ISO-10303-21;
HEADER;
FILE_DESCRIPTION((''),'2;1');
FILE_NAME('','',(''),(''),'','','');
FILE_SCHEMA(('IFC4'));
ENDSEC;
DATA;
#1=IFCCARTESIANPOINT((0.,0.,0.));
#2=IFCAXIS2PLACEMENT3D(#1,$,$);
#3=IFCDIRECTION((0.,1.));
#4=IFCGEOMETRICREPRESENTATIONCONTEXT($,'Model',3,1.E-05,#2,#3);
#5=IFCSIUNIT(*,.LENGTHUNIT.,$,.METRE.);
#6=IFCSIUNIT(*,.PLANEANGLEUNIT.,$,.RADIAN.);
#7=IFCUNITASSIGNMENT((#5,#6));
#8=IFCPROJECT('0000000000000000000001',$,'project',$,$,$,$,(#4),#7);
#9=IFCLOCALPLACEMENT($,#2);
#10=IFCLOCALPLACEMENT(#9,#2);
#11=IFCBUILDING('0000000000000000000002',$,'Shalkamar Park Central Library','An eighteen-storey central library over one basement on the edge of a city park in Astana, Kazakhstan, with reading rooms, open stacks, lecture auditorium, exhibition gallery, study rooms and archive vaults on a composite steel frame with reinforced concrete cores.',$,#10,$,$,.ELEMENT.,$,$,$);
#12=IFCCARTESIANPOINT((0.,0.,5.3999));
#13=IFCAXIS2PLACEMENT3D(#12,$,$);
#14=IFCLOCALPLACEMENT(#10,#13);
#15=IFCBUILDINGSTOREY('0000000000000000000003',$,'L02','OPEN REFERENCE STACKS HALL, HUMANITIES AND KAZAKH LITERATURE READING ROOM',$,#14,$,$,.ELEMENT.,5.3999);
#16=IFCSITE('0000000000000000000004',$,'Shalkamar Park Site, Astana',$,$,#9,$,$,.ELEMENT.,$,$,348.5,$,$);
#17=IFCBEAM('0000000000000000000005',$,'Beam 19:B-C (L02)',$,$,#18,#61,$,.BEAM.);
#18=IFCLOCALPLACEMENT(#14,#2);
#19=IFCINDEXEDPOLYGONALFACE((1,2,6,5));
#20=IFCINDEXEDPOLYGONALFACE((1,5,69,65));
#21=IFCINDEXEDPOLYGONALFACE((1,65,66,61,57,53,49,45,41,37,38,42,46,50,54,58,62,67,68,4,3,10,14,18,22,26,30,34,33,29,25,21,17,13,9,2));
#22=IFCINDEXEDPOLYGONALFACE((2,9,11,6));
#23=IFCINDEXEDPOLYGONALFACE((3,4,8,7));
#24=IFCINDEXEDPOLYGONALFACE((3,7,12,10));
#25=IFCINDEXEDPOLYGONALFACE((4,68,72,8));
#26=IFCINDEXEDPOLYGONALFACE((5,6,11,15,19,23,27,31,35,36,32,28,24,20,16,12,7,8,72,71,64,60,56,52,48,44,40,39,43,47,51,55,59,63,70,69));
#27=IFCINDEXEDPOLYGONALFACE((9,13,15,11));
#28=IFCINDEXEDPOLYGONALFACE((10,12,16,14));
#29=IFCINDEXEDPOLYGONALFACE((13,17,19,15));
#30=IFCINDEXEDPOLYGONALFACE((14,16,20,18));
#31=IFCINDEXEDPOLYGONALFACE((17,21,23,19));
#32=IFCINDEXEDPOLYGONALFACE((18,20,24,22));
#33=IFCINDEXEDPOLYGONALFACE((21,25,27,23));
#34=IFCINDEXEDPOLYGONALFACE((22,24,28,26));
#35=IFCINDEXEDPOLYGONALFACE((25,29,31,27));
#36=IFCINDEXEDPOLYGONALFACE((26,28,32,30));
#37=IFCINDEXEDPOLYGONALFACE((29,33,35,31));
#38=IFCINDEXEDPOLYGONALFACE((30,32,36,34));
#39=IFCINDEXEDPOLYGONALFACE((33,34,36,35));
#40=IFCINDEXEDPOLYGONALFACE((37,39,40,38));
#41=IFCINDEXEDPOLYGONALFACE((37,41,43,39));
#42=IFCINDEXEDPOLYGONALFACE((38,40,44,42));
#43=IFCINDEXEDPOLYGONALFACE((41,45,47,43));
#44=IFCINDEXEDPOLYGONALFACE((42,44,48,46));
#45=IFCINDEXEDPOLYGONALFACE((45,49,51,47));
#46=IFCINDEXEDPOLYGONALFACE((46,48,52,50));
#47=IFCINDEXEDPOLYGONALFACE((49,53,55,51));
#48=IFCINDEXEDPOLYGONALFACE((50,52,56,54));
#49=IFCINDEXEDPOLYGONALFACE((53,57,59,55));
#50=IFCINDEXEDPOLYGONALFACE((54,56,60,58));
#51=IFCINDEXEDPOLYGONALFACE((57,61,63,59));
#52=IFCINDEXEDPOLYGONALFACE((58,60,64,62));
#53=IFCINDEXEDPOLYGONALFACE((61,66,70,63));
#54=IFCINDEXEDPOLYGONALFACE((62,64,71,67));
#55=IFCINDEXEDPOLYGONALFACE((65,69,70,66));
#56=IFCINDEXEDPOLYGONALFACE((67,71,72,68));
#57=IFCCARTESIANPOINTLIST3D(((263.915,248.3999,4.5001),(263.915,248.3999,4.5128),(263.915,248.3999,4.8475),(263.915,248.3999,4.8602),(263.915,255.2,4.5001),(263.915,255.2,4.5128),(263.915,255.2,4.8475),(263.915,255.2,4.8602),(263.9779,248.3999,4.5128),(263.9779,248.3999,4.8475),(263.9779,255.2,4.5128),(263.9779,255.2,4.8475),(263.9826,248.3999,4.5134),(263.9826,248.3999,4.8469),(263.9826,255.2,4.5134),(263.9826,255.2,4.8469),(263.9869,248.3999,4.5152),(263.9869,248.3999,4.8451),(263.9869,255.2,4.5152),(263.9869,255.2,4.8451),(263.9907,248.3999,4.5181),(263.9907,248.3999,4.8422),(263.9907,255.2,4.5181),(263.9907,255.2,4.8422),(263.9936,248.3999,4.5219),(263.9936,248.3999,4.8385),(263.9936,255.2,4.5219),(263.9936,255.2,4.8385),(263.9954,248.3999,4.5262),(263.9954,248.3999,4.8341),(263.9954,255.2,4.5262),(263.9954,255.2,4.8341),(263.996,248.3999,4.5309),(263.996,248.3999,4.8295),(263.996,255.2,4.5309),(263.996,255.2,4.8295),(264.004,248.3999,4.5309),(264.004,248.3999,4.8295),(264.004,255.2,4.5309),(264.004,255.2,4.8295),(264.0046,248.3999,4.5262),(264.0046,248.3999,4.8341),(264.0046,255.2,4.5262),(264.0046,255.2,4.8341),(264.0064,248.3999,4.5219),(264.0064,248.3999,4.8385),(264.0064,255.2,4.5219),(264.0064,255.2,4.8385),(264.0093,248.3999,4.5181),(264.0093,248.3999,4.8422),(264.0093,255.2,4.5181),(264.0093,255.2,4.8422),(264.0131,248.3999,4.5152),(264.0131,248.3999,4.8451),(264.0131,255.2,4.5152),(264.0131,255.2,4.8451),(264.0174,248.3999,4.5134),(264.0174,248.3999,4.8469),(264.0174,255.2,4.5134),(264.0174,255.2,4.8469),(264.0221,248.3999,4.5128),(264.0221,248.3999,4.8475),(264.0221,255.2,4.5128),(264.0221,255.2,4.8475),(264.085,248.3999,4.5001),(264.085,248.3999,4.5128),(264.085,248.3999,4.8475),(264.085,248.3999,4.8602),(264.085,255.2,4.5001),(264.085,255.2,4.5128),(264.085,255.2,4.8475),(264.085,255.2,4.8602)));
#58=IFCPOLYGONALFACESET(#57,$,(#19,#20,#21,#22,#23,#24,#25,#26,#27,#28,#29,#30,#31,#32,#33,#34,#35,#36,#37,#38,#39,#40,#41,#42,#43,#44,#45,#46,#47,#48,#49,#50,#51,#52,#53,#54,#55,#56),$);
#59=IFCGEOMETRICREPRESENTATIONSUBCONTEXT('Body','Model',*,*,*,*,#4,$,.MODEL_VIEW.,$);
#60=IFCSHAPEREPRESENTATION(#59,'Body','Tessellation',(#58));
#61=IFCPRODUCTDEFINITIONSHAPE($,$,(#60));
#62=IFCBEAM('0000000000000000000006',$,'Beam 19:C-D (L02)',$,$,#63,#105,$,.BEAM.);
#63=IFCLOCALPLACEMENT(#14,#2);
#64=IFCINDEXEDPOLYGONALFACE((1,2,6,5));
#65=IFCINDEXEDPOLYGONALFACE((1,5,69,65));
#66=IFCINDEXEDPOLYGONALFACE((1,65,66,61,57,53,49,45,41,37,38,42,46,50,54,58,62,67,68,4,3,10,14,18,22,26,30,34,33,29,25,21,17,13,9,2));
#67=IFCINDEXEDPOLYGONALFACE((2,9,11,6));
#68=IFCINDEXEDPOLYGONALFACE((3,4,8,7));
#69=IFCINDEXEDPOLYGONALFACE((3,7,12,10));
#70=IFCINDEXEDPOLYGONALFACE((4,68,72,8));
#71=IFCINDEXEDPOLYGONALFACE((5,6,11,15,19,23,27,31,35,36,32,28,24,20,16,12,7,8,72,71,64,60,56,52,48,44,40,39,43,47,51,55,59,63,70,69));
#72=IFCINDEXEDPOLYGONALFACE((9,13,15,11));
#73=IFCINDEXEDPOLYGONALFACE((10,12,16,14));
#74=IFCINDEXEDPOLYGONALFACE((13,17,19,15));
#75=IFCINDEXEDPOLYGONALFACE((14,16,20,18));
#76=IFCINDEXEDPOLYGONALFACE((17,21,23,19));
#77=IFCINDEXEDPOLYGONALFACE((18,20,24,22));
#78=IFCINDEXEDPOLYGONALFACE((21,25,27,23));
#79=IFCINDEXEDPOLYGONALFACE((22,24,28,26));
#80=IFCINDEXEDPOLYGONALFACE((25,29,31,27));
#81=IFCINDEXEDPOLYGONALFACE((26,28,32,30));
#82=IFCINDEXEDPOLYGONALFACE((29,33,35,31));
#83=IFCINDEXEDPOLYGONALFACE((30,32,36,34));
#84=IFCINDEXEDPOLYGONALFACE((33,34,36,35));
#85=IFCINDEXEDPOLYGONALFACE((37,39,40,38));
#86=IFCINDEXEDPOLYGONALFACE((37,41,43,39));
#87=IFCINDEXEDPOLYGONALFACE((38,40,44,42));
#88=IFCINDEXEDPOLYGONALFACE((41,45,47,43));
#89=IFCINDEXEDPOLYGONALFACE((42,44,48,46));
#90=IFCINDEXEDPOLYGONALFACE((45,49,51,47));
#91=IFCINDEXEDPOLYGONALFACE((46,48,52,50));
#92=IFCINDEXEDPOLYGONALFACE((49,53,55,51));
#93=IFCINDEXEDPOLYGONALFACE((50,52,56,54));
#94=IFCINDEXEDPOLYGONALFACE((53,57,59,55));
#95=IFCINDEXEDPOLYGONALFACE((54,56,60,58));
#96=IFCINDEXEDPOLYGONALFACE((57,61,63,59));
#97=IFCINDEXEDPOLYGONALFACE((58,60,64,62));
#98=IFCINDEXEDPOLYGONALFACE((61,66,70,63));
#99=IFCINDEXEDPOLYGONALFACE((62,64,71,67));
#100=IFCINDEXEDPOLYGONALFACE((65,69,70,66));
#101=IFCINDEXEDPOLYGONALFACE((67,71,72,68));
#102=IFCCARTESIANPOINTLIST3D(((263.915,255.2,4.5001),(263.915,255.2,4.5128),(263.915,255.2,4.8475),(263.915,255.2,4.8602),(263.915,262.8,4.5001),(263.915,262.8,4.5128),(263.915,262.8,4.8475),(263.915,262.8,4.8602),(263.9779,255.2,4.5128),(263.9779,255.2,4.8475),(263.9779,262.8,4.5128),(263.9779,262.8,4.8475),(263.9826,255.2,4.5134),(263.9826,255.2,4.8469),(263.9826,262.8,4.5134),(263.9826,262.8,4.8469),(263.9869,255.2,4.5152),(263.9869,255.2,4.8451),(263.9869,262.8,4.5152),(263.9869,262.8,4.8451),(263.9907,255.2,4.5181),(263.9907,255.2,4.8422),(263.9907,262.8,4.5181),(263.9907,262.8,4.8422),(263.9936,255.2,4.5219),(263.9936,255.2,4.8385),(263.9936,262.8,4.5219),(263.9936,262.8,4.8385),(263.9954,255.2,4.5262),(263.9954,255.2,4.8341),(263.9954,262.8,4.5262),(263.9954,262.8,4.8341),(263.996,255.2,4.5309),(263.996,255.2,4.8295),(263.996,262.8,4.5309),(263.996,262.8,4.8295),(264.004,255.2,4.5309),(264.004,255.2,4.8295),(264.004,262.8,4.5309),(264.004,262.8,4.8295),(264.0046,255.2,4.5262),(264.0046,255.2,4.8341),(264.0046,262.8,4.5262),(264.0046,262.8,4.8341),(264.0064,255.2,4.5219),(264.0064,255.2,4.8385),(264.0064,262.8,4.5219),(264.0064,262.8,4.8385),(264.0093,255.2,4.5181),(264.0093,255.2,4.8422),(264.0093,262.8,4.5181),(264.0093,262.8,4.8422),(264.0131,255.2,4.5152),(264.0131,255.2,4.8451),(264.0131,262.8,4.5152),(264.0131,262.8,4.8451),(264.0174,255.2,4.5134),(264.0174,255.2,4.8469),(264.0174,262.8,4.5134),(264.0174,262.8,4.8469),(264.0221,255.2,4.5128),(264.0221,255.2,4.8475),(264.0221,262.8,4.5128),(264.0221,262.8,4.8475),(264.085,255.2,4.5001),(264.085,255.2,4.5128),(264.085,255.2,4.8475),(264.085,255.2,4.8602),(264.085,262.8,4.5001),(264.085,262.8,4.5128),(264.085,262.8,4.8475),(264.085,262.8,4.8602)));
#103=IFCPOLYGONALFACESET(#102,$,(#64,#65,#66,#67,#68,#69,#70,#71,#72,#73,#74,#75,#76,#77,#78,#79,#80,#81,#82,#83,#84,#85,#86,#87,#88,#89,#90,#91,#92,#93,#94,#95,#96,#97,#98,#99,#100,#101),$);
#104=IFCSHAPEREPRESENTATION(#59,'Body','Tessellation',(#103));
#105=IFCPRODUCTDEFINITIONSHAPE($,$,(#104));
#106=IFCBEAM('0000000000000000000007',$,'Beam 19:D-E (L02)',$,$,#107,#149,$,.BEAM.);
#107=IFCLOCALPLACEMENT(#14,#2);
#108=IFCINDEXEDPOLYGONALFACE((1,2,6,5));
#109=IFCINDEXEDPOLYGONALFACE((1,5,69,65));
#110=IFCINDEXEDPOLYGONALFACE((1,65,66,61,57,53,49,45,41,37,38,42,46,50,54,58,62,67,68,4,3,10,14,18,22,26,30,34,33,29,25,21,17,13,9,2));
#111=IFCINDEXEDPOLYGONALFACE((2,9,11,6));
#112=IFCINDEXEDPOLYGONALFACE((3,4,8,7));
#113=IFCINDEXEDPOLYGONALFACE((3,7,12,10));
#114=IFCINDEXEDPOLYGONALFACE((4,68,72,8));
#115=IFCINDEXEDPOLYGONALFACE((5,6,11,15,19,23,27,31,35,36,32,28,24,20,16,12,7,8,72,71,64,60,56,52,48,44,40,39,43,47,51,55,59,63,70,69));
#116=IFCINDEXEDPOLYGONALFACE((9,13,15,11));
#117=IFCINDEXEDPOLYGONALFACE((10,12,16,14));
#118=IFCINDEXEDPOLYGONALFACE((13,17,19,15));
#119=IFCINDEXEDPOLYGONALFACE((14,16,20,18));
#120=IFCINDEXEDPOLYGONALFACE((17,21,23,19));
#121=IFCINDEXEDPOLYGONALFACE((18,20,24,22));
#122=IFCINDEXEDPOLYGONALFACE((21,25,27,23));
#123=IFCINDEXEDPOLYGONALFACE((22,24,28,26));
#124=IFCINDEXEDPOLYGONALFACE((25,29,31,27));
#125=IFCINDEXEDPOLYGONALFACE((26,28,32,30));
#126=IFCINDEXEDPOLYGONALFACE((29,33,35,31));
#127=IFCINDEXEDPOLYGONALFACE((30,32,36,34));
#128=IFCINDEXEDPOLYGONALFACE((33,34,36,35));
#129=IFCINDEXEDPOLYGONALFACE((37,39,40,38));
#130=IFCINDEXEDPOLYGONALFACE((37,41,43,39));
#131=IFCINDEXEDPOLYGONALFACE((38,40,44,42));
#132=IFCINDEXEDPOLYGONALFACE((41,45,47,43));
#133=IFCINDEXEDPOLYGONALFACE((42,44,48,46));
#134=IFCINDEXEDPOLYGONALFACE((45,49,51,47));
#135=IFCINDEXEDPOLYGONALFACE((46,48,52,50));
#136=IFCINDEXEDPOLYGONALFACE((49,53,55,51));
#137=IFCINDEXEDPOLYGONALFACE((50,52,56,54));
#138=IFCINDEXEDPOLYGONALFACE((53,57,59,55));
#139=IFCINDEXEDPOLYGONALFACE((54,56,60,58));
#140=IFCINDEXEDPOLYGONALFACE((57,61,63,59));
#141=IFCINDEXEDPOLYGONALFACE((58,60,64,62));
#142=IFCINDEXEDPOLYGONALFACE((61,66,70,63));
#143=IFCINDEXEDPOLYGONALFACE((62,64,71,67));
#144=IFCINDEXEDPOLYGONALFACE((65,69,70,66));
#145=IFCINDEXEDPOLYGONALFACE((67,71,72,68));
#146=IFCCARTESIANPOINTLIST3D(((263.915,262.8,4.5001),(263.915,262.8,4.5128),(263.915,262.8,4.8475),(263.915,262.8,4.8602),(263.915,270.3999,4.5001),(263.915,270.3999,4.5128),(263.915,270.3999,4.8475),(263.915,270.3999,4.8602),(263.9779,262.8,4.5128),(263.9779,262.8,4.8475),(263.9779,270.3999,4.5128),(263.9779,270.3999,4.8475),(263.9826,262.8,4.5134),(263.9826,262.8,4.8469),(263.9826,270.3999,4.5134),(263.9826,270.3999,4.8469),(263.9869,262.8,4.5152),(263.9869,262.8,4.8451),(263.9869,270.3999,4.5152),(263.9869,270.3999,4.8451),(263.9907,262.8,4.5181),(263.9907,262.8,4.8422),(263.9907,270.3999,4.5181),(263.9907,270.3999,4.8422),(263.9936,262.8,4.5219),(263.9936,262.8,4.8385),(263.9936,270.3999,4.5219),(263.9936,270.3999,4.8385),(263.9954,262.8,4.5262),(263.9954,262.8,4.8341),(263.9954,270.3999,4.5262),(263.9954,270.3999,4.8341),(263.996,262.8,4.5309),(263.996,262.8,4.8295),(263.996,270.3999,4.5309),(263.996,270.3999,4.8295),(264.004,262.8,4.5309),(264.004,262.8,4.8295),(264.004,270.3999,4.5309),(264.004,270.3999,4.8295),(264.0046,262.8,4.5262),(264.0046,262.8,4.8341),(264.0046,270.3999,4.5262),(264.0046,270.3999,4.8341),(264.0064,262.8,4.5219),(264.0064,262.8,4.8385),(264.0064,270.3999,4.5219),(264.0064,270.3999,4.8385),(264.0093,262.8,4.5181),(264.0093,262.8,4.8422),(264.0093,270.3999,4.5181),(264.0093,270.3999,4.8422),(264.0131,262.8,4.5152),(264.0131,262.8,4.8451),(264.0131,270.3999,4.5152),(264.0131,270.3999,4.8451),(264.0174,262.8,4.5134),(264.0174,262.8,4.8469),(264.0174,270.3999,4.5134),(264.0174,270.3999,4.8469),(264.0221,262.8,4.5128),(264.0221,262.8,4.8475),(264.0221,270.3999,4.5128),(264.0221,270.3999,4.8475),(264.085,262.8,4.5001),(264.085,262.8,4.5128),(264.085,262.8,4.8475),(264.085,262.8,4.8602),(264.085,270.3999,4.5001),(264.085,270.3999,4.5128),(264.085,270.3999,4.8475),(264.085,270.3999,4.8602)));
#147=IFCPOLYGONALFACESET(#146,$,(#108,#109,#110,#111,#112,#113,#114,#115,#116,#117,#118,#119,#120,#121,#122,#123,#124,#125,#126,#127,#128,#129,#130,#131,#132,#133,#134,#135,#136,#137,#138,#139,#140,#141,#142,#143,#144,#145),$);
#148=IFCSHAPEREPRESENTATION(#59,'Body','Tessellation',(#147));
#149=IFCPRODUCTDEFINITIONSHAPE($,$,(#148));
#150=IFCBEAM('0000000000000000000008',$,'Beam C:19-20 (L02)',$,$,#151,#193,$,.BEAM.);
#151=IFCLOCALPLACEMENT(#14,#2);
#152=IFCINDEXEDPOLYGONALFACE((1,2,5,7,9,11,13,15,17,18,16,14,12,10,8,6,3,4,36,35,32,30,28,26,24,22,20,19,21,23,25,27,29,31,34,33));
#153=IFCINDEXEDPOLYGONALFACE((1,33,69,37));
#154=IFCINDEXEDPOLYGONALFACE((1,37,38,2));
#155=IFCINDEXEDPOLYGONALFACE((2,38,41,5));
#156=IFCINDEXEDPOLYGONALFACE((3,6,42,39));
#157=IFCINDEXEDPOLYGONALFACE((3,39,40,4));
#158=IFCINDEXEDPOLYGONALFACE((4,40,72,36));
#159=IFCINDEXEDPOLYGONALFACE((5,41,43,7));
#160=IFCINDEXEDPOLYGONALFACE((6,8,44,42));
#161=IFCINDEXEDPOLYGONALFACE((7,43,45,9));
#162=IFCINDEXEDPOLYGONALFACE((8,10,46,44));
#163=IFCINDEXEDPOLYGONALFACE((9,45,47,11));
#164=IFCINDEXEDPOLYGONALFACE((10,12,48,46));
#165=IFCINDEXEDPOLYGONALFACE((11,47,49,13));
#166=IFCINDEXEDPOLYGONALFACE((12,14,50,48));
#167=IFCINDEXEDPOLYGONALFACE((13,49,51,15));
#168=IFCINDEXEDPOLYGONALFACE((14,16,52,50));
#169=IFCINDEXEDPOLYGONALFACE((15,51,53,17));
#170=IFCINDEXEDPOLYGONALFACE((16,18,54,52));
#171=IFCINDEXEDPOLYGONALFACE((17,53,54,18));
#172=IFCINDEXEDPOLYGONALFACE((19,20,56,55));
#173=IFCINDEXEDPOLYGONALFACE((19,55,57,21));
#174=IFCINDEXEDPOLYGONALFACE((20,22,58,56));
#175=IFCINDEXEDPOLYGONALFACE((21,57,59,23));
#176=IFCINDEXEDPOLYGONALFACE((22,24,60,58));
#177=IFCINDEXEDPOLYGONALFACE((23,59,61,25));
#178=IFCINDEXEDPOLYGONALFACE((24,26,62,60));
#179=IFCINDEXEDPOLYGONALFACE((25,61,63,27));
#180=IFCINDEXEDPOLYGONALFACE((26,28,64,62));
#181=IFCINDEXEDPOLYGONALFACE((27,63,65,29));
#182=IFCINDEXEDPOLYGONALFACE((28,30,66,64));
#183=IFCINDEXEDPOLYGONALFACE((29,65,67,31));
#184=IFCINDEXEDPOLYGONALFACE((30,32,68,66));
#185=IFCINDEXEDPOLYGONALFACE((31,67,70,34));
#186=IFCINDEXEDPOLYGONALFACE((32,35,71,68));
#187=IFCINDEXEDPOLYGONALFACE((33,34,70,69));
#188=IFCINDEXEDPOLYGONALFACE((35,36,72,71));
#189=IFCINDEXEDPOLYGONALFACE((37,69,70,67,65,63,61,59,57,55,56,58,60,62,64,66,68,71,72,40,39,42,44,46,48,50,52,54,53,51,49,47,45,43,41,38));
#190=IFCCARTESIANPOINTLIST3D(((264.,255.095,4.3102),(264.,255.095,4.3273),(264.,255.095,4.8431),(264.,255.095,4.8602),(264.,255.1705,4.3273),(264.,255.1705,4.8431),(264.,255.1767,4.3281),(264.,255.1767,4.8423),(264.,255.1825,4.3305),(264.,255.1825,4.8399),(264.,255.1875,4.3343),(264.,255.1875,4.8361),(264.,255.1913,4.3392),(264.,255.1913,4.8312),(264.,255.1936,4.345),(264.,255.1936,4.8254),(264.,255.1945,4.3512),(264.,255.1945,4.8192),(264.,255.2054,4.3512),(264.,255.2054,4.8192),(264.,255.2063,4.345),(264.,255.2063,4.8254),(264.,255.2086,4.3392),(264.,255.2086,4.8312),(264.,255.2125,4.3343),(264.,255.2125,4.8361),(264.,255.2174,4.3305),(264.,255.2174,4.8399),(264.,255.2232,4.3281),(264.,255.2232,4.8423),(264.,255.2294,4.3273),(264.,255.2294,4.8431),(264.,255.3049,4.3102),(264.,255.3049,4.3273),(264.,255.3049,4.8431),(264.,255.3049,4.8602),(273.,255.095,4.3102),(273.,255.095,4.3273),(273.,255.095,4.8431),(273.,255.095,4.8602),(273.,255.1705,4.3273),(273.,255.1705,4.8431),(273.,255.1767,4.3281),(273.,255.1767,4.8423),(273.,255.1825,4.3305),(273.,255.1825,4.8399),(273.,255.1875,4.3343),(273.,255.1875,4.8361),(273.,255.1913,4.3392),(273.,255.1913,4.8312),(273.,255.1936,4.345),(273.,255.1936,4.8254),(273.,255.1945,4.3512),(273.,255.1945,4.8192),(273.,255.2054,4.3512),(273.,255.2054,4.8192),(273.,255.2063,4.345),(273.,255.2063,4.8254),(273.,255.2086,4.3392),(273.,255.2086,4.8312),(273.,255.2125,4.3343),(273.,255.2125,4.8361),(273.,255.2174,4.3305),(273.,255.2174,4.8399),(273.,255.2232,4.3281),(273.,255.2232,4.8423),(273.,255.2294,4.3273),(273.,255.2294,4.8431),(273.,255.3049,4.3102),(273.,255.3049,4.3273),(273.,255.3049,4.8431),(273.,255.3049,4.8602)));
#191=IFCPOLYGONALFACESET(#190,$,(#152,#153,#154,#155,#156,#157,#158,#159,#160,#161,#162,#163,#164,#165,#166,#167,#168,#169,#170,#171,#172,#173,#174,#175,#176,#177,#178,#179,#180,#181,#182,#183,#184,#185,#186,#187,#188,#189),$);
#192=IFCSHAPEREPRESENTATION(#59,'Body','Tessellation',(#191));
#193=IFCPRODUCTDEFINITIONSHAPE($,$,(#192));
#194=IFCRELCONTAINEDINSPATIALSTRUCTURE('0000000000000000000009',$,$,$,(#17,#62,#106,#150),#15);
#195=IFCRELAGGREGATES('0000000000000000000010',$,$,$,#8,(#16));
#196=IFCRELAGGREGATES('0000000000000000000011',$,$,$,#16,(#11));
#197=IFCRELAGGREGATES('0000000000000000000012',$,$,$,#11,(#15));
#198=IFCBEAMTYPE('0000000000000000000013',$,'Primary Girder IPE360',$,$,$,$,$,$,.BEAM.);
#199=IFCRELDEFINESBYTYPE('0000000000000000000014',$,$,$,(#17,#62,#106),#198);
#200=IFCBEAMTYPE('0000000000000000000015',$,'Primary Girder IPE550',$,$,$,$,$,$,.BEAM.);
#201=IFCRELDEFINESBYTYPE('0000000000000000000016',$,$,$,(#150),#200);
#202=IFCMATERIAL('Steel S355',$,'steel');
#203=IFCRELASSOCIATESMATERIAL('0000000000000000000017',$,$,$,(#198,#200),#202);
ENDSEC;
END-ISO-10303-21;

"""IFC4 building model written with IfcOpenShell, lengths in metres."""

from ifc_helpers import new_model, si_unit, direction, frame, origin, origin_2d, place, context, subcontext, project, spatial, i_section, extrude, material, material_profile, profile_set, type_object, element, save


model = new_model("IFC4")

# Units and contexts
model_context = context("Model", 3, precision=1e-05, world=origin(), true_north=direction((0.0, 1.0)))
body_context = subcontext(model_context, "Body", "Model", "MODEL_VIEW")
ifc_project = project(units=[si_unit("LENGTHUNIT", "METRE"), si_unit("PLANEANGLEUNIT", "RADIAN")], contexts=[model_context])

# Site, building, storey
site_placement = place(None, origin())
site = spatial("IfcSite", under=ifc_project, at=site_placement, Name="Shalkamar Park Site, Astana", CompositionType="ELEMENT", RefElevation=348.5)
building_placement = place(site_placement, origin())
building = spatial("IfcBuilding", under=site, at=building_placement, Name="Shalkamar Park Central Library", Description="An eighteen-storey central library over one basement on the edge of a city park in Astana, Kazakhstan, with reading rooms, open stacks, lecture auditorium, exhibition gallery, study rooms and archive vaults on a composite steel frame with reinforced concrete cores.", CompositionType="ELEMENT")
storey_placement = place(building_placement, frame((0.0, 0.0, 5.3999)))
storey = spatial("IfcBuildingStorey", under=building, at=storey_placement, Name="L02", Description="OPEN REFERENCE STACKS HALL, HUMANITIES AND KAZAKH LITERATURE READING ROOM", CompositionType="ELEMENT", Elevation=5.3999)

# Shared definitions
ifc_material_1 = material(Name="Steel S355", Category="steel")

# Beams
ifc_material_profile_1 = material_profile(ifc_material_1, i_section(OverallWidth=0.1699, OverallDepth=0.3601, WebThickness=0.0081, FlangeThickness=0.0127, FilletRadius=0.0181, at=origin_2d()), Name="IPE 360")
ifc_profile_set_1 = profile_set([ifc_material_profile_1], Name="Steel S355")
beam_type_1 = type_object("IfcBeamType", Name="Primary Girder IPE360", PredefinedType="BEAM", material=ifc_profile_set_1)
beam_1_placement = place(storey_placement, frame((264.0, 248.3999, 4.6802), z_axis=(0.0, 1.0, 0.0), x_axis=(-1.0, 0.0, 0.0)))
element("IfcBeam", 1, at=beam_1_placement, inside=storey, type_object=beam_type_1, Name="Beam 19:B-C (L02)", PredefinedType="BEAM", context=body_context, shape_type="SweptSolid", body=[
    extrude(i_section(OverallWidth=0.1699, OverallDepth=0.3601, WebThickness=0.0081, FlangeThickness=0.0127, FilletRadius=0.0181, at=origin_2d()), origin(), (0.0, 0.0, 1.0), 6.8),
])
beam_2_placement = place(storey_placement, frame((264.0, 255.2, 4.6802), z_axis=(0.0, 1.0, 0.0), x_axis=(-1.0, 0.0, 0.0)))
element("IfcBeam", 2, at=beam_2_placement, inside=storey, type_object=beam_type_1, Name="Beam 19:C-D (L02)", PredefinedType="BEAM", context=body_context, shape_type="SweptSolid", body=[
    extrude(i_section(OverallWidth=0.1699, OverallDepth=0.3601, WebThickness=0.0081, FlangeThickness=0.0127, FilletRadius=0.0181, at=origin_2d()), origin(), (0.0, 0.0, 1.0), 7.6001),
])
beam_3_placement = place(storey_placement, frame((264.0, 262.8, 4.6802), z_axis=(0.0, 1.0, 0.0), x_axis=(-1.0, 0.0, 0.0)))
element("IfcBeam", 3, at=beam_3_placement, inside=storey, type_object=beam_type_1, Name="Beam 19:D-E (L02)", PredefinedType="BEAM", context=body_context, shape_type="SweptSolid", body=[
    extrude(i_section(OverallWidth=0.1699, OverallDepth=0.3601, WebThickness=0.0081, FlangeThickness=0.0127, FilletRadius=0.0181, at=origin_2d()), origin(), (0.0, 0.0, 1.0), 7.5999),
])
ifc_material_profile_2 = material_profile(ifc_material_1, i_section(OverallWidth=0.21, OverallDepth=0.55, WebThickness=0.011, FlangeThickness=0.0171, FilletRadius=0.0239, at=origin_2d()), Name="IPE 550")
ifc_profile_set_2 = profile_set([ifc_material_profile_2], Name="Steel S355")
beam_type_2 = type_object("IfcBeamType", Name="Primary Girder IPE550", PredefinedType="BEAM", material=ifc_profile_set_2)
for number, where, z_axis, x_axis, name in (
    (4, (264.0, 255.2, 4.5852), (1.0, 0.0, 0.0), (0.0, 1.0, 0.0), "Beam C:19-20 (L02)"),
):
    element("IfcBeam", number, at=place(storey_placement, frame(where, z_axis=z_axis, x_axis=x_axis)), inside=storey, type_object=beam_type_2, Name=name, PredefinedType="BEAM", context=body_context, shape_type="SweptSolid", body=[
        extrude(i_section(OverallWidth=0.21, OverallDepth=0.55, WebThickness=0.011, FlangeThickness=0.0171, FilletRadius=0.0239, at=origin_2d()), origin(), (0.0, 0.0, 1.0), 9.0),
    ])

save(model, "model.ifc")
